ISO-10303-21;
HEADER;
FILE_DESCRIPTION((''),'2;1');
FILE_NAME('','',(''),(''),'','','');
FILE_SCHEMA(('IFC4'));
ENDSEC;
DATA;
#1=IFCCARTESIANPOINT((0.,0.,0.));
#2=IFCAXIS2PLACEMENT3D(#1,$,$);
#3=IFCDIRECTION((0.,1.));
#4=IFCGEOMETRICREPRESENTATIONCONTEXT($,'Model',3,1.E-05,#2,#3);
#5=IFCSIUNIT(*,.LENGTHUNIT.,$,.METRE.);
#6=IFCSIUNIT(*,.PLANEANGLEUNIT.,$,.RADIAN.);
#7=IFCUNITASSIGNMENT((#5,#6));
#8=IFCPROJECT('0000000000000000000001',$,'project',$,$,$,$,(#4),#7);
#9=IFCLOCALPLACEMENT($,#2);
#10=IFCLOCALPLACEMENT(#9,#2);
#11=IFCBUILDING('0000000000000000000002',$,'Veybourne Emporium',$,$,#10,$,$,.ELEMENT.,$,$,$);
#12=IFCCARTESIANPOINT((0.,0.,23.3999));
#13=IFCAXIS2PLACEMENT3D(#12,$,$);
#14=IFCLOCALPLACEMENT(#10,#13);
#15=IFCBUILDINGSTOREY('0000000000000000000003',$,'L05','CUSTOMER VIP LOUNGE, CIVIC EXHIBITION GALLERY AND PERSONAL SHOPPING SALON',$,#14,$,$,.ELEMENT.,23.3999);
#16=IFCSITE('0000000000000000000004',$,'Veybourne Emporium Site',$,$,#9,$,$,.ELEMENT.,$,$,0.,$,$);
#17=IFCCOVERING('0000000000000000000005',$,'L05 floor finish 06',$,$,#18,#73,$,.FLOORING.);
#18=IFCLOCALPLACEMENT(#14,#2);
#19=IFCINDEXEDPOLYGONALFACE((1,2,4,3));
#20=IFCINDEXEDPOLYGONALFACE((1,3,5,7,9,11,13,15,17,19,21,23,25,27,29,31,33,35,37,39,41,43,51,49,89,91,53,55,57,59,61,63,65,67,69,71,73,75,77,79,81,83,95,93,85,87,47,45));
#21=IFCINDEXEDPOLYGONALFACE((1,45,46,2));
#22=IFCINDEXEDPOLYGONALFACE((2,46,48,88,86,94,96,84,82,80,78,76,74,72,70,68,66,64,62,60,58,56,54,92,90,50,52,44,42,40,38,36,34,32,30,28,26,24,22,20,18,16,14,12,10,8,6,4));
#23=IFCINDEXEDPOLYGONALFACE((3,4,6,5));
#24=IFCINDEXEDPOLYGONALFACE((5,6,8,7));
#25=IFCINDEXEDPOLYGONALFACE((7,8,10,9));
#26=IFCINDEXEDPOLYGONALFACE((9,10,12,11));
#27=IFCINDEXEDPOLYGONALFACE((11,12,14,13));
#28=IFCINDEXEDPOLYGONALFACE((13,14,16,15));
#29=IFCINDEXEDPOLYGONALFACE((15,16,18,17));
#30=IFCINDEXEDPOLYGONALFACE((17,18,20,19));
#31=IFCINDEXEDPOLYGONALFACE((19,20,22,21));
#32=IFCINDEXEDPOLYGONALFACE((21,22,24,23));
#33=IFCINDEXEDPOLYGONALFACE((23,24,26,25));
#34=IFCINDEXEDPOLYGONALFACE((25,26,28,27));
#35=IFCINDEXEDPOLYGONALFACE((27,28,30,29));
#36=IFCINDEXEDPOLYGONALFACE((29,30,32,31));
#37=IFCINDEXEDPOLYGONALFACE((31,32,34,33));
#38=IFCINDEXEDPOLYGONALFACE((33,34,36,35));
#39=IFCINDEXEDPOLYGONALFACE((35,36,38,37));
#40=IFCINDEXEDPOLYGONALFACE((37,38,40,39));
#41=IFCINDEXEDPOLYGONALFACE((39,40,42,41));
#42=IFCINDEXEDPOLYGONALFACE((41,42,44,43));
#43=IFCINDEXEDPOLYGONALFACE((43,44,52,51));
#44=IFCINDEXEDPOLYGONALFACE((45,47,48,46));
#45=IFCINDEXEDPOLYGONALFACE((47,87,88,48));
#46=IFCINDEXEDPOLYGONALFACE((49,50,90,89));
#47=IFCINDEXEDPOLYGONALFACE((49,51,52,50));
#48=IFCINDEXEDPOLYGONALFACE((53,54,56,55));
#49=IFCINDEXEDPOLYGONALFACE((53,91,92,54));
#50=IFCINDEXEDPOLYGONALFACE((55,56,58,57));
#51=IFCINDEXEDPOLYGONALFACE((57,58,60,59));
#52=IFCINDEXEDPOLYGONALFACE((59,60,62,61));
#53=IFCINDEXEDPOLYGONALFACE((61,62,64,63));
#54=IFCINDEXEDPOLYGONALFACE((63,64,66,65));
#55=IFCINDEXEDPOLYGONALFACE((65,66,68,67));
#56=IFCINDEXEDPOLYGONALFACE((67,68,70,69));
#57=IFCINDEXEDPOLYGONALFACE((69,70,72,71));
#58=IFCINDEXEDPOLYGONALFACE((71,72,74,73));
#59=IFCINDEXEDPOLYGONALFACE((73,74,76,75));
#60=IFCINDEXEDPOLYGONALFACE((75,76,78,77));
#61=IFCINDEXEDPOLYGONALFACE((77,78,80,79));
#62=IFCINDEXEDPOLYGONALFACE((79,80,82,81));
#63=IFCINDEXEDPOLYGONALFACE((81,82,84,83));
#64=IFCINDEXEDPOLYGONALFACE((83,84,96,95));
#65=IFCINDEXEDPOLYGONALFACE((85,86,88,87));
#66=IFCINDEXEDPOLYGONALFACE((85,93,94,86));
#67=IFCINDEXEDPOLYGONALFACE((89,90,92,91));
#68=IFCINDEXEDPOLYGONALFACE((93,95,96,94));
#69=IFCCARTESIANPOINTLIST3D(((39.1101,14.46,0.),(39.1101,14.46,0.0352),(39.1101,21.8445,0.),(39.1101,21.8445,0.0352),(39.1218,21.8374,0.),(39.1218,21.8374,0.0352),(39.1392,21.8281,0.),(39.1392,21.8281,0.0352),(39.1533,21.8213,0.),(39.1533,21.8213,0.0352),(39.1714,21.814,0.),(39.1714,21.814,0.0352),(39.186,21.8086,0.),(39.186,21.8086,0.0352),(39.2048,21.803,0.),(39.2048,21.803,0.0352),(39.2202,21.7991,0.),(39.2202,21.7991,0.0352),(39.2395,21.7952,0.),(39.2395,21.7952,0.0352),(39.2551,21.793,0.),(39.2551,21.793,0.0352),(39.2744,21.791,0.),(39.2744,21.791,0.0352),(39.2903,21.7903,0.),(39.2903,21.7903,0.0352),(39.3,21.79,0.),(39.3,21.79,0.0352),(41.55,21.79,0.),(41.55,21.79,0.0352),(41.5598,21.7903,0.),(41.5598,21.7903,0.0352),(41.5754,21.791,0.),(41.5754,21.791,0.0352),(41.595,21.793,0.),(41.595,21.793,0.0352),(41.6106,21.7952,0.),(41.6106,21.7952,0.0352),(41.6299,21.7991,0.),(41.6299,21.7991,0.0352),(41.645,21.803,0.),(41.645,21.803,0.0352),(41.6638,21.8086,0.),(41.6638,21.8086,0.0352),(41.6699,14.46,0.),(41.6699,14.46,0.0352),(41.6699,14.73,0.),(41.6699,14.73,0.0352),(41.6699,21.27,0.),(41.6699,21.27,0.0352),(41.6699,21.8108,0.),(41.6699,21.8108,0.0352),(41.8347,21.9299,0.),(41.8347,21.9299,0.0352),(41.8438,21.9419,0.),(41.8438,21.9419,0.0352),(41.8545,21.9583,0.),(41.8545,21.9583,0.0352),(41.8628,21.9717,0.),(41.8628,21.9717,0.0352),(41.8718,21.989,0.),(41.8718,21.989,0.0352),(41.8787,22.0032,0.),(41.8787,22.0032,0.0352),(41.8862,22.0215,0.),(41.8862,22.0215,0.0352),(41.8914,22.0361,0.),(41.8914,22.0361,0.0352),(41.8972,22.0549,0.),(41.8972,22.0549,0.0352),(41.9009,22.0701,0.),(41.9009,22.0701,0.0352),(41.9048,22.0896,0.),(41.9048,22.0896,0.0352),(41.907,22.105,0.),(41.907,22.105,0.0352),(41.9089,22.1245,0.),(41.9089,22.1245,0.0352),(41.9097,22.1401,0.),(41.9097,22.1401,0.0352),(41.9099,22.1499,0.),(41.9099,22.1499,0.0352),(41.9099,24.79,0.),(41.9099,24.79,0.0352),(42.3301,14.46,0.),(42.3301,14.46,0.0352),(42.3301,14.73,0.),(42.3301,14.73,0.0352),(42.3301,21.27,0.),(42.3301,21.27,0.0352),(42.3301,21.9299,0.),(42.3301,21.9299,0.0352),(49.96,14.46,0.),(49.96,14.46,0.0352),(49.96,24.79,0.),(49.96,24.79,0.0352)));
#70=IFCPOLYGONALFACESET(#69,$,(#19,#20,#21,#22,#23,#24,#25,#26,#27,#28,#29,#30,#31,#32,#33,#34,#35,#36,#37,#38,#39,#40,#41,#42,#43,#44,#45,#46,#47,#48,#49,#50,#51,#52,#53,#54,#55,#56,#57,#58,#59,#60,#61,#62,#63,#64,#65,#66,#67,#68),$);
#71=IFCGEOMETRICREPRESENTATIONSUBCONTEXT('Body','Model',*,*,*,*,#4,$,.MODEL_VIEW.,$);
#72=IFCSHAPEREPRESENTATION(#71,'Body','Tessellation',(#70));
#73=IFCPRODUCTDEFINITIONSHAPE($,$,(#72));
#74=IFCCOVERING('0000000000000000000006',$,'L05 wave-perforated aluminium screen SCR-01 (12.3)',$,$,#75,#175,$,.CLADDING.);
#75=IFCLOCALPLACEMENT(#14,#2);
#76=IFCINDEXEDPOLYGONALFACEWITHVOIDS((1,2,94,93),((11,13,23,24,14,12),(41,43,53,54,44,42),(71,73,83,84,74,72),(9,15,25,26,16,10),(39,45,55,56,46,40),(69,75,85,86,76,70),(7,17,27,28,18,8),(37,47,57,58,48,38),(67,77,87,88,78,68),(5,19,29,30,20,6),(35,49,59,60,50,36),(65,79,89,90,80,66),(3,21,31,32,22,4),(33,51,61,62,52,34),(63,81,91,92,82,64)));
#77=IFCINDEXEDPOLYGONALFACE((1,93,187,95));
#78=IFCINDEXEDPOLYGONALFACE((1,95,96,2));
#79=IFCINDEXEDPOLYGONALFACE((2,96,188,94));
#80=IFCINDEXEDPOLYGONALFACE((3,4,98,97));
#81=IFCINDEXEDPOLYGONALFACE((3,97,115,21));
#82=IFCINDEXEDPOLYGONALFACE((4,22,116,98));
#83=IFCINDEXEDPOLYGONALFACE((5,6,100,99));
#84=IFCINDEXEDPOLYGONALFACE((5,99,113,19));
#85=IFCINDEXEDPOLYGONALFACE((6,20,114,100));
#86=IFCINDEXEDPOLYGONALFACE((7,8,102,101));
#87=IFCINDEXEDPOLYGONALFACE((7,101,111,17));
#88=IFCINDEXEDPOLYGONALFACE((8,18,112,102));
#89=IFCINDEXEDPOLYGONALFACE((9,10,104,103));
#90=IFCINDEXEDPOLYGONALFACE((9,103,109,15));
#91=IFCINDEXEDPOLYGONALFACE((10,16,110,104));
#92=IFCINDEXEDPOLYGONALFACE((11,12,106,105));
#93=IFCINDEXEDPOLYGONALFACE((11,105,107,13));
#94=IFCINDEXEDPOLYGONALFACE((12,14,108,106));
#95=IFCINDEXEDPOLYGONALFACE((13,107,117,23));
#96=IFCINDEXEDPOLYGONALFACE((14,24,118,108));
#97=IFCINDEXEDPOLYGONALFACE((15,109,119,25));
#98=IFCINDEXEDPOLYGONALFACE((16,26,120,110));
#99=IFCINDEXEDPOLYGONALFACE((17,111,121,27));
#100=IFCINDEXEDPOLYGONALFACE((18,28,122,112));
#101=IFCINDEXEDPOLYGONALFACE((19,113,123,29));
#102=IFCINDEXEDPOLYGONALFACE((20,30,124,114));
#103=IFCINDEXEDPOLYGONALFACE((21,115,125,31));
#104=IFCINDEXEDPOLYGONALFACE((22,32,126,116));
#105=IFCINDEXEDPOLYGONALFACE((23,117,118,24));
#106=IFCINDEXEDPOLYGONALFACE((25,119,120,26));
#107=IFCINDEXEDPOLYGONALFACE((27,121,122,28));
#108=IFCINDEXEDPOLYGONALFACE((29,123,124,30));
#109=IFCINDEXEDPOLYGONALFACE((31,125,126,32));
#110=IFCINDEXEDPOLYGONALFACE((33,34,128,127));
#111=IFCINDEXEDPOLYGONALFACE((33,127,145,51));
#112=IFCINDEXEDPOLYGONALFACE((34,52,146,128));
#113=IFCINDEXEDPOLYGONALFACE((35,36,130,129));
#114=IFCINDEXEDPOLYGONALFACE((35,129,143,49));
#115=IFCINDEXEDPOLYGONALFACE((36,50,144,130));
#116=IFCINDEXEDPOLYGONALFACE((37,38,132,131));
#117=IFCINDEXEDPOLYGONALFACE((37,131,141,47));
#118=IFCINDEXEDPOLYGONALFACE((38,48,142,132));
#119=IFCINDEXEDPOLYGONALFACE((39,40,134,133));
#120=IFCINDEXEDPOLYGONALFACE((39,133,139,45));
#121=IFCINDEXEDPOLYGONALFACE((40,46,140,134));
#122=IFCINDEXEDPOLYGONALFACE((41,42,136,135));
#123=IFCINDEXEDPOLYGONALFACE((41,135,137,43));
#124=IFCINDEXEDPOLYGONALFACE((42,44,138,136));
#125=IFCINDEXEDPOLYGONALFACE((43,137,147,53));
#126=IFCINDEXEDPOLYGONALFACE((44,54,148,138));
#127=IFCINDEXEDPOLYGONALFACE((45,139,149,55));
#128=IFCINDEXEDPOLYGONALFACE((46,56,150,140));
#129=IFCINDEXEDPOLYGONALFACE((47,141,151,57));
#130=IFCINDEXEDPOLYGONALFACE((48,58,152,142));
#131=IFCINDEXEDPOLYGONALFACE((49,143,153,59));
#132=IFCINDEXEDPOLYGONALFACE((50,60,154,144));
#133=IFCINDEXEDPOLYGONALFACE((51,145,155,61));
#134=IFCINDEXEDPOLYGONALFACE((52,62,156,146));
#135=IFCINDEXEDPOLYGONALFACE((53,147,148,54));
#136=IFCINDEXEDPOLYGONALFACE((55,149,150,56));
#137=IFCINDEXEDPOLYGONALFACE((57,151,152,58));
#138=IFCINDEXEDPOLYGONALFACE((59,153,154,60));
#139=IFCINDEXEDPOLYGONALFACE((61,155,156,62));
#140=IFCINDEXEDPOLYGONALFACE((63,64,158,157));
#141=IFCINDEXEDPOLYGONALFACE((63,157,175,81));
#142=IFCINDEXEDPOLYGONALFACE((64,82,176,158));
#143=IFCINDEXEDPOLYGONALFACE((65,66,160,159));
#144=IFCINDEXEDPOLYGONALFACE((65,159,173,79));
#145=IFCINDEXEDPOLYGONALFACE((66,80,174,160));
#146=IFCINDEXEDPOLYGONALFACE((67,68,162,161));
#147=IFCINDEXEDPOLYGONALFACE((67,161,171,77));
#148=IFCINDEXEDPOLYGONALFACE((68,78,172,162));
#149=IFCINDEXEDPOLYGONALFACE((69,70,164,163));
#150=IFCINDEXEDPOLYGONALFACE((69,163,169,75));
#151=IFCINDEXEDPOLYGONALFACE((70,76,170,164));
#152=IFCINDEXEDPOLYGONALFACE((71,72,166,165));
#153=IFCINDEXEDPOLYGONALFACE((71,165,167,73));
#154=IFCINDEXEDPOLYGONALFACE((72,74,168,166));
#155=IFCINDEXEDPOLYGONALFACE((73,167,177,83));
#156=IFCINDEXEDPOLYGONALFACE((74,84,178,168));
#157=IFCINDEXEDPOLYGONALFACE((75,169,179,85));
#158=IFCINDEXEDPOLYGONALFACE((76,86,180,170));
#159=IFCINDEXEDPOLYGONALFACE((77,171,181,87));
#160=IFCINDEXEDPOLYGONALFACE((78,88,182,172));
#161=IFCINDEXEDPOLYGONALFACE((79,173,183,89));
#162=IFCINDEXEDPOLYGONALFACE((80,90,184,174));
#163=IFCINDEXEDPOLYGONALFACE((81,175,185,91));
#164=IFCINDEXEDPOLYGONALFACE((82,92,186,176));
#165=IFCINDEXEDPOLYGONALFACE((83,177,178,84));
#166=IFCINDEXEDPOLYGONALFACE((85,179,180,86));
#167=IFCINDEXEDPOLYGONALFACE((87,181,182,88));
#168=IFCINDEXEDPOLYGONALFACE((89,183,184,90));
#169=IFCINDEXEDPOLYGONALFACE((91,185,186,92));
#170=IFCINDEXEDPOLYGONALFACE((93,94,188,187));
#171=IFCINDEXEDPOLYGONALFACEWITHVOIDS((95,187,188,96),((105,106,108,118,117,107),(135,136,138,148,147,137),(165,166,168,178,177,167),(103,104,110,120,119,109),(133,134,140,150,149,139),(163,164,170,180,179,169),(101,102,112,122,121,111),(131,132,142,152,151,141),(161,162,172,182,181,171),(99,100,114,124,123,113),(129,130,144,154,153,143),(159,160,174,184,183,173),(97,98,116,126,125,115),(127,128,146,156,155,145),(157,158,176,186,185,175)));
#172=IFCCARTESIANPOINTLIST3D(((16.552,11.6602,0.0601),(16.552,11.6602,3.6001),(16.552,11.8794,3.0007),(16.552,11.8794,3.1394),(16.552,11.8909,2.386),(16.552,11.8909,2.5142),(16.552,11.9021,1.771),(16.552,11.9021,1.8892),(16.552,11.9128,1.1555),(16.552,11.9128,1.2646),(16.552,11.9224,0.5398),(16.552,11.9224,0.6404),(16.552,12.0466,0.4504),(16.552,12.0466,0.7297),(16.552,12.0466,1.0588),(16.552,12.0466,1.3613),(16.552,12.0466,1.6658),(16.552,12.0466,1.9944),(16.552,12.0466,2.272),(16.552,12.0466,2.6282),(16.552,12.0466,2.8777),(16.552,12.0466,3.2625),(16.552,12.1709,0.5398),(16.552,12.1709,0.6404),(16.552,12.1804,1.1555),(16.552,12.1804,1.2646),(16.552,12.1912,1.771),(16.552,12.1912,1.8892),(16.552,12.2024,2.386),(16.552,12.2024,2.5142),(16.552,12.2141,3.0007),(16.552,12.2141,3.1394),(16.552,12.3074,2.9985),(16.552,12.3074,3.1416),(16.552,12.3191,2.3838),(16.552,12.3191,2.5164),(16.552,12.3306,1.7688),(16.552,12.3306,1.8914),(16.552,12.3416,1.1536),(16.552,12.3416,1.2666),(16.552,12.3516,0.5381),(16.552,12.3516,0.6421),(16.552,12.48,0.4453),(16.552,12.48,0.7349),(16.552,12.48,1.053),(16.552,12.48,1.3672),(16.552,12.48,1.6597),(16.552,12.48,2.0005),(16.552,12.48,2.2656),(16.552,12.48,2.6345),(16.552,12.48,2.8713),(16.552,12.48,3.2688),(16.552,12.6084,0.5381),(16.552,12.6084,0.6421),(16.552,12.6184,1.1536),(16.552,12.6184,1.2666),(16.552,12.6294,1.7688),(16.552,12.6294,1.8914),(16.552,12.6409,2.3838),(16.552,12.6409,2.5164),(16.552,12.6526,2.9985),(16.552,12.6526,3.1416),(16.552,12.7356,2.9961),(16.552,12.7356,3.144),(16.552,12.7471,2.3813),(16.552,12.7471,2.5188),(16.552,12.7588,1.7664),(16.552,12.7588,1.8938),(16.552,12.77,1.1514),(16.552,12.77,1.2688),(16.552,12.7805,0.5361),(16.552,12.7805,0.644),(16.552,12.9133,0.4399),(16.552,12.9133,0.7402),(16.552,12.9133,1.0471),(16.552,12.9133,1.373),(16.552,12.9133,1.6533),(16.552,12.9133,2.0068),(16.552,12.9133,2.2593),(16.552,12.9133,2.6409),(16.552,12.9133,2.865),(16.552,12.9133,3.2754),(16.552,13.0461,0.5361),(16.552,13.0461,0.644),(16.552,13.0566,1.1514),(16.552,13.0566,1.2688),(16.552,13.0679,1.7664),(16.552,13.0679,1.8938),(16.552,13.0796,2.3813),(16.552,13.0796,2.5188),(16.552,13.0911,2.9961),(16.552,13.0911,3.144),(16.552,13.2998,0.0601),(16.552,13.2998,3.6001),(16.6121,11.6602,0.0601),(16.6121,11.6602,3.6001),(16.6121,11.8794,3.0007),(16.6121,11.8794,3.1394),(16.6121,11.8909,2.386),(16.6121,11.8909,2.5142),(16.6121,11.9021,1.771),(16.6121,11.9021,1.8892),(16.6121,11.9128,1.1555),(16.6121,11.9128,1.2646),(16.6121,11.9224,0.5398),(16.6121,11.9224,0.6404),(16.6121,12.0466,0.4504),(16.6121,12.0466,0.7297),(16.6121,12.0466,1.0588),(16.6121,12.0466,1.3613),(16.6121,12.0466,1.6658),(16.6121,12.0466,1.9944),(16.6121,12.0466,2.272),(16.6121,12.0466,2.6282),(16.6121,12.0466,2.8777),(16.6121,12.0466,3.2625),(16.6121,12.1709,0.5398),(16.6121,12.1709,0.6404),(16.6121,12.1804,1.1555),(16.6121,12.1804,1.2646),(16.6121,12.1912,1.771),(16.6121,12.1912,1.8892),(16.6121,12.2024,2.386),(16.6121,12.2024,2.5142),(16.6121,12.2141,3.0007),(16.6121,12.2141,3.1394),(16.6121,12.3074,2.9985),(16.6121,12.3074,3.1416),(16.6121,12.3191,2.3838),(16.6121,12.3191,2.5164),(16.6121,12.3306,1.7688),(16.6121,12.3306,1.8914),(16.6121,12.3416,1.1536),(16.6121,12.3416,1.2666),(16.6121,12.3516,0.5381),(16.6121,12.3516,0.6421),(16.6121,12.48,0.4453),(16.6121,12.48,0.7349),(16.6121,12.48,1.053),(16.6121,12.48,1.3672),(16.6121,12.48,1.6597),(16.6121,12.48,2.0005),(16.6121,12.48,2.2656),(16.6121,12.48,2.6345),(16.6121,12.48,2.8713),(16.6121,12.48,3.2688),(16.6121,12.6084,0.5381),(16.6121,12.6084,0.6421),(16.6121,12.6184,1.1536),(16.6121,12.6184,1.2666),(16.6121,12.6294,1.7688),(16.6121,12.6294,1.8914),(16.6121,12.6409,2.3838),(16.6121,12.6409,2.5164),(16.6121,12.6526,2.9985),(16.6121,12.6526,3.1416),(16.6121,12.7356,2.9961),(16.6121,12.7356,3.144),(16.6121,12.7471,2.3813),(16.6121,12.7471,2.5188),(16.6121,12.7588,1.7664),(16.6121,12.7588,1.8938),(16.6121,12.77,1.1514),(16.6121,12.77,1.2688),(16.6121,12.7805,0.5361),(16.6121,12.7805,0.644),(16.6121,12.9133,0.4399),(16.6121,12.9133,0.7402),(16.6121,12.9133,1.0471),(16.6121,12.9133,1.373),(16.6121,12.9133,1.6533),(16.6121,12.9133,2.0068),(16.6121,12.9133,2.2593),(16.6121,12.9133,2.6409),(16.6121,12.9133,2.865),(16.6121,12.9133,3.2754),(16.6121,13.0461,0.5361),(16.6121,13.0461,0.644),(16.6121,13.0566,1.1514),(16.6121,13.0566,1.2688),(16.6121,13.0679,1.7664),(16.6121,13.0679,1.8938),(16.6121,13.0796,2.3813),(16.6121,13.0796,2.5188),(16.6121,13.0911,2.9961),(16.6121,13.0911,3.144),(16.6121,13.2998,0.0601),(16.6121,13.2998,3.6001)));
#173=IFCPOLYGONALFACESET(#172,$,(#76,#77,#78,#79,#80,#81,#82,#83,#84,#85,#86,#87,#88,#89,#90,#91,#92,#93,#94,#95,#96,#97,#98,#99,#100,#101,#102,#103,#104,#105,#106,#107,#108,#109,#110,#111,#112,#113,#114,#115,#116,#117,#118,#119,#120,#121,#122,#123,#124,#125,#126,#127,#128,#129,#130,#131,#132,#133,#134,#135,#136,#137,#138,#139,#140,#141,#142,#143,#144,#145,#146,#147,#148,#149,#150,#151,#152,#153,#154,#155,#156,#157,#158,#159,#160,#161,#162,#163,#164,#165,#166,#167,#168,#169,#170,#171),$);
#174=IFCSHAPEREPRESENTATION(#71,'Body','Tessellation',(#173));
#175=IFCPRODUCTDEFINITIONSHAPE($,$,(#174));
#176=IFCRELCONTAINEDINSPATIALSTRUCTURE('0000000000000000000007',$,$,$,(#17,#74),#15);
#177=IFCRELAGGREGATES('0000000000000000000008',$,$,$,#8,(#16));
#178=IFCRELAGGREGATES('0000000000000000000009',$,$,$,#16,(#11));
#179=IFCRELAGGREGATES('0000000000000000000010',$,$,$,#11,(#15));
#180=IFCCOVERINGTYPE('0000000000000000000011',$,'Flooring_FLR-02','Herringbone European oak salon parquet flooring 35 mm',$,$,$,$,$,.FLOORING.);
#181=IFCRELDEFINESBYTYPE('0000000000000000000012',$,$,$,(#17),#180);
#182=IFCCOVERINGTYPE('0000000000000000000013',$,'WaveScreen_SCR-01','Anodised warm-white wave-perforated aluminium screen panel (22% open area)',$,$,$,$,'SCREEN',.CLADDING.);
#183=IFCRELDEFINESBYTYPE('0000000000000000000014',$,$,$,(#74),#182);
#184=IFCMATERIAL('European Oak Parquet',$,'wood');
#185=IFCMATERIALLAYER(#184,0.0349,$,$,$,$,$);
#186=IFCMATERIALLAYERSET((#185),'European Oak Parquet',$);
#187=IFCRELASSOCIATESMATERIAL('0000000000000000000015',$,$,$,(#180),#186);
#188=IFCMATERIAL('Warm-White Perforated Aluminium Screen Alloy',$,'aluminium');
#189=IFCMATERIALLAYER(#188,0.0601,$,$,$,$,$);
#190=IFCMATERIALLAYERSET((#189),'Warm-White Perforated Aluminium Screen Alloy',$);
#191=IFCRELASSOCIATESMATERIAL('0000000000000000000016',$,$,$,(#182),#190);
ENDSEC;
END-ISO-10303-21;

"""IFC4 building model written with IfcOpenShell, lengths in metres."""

from ifc_helpers import new_model, si_unit, direction, frame, origin, place, context, subcontext, project, spatial, polyline, outline, extrude, material, layer, layer_set, type_object, element, save


model = new_model("IFC4")

# Units and contexts
model_context = context("Model", 3, precision=1e-05, world=origin(), true_north=direction((0.0, 1.0)))
body_context = subcontext(model_context, "Body", "Model", "MODEL_VIEW")
ifc_project = project(units=[si_unit("LENGTHUNIT", "METRE"), si_unit("PLANEANGLEUNIT", "RADIAN")], contexts=[model_context])

# Site, building, storey
site_placement = place(None, origin())
site = spatial("IfcSite", under=ifc_project, at=site_placement, Name="Veybourne Emporium Site", CompositionType="ELEMENT", RefElevation=0.0)
building_placement = place(site_placement, origin())
building = spatial("IfcBuilding", under=site, at=building_placement, Name="Veybourne Emporium", CompositionType="ELEMENT")
storey_placement = place(building_placement, frame((0.0, 0.0, 23.3999)))
storey = spatial("IfcBuildingStorey", under=building, at=storey_placement, Name="L05", Description="CUSTOMER VIP LOUNGE, CIVIC EXHIBITION GALLERY AND PERSONAL SHOPPING SALON", CompositionType="ELEMENT", Elevation=23.3999)

# Coverings
ifc_material_1 = material(Name="European Oak Parquet", Category="wood")
ifc_layer_1 = layer(ifc_material_1, 0.0349)
ifc_layer_set_1 = layer_set([ifc_layer_1], Name="European Oak Parquet")
covering_type_1 = type_object("IfcCoveringType", Name="Flooring_FLR-02", Description="Herringbone European oak salon parquet flooring 35 mm", PredefinedType="FLOORING", material=ifc_layer_set_1)
covering_1_placement = place(storey_placement, origin())
element("IfcCovering", 1, at=covering_1_placement, inside=storey, type_object=covering_type_1, Name="L05 floor finish 06", PredefinedType="FLOORING", context=body_context, shape_type="SweptSolid", body=[
    extrude(outline(polyline([(39.1218, 21.8374), (39.1392, 21.8281), (39.1533, 21.8213), (39.1714, 21.814), (39.186, 21.8086), (39.2048, 21.803), (39.2202, 21.7991), (39.2395, 21.7952), (39.2551, 21.793), (39.2744, 21.791), (39.2903, 21.7903), (39.3, 21.79), (41.55, 21.79), (41.5598, 21.7903), (41.5754, 21.791), (41.595, 21.793), (41.6106, 21.7952), (41.6299, 21.7991), (41.645, 21.803), (41.6638, 21.8086), (41.6699, 21.8108), (41.6699, 21.27), (42.3301, 21.27), (42.3301, 21.9299), (41.8347, 21.9299), (41.8438, 21.9419), (41.8545, 21.9583), (41.8628, 21.9717), (41.8718, 21.989), (41.8787, 22.0032), (41.8862, 22.0215), (41.8914, 22.0361), (41.8972, 22.0549), (41.9009, 22.0701), (41.9048, 22.0896), (41.907, 22.105), (41.9089, 22.1245), (41.9097, 22.1401), (41.9099, 22.1499), (41.9099, 24.79), (49.96, 24.79), (49.96, 14.46), (42.3301, 14.46), (42.3301, 14.73), (41.6699, 14.73), (41.6699, 14.46), (39.1101, 14.46), (39.1101, 21.8445), (39.1218, 21.8374)])), origin(), (0.0, 0.0, 1.0), 0.0352),
])
ifc_material_2 = material(Name="Warm-White Perforated Aluminium Screen Alloy", Category="aluminium")
ifc_layer_2 = layer(ifc_material_2, 0.0601)
ifc_layer_set_2 = layer_set([ifc_layer_2], Name="Warm-White Perforated Aluminium Screen Alloy")
covering_type_2 = type_object("IfcCoveringType", Name="WaveScreen_SCR-01", Description="Anodised warm-white wave-perforated aluminium screen panel (22% open area)", ElementType="SCREEN", PredefinedType="CLADDING", material=ifc_layer_set_2)
covering_2_placement = place(storey_placement, frame((16.552, 12.48, 1.8301), z_axis=(1.0, 0.0, 0.0), x_axis=(0.0, 1.0, 0.0)))
element("IfcCovering", 2, at=covering_2_placement, inside=storey, type_object=covering_type_2, Name="L05 wave-perforated aluminium screen SCR-01 (12.3)", PredefinedType="CLADDING", context=body_context, shape_type="SweptSolid", body=[
    extrude(outline(polyline([(-0.8198, -1.77), (0.8198, -1.77), (0.8198, 1.77), (-0.8198, 1.77), (-0.8198, -1.77)]), holes=[polyline([(-0.4333, -1.1003), (-0.3091, -1.1897), (-0.3091, -1.2903), (-0.4333, -1.3796), (-0.5576, -1.2903), (-0.5576, -1.1897), (-0.4333, -1.1003)]), polyline([(-0.4333, -0.4688), (-0.2996, -0.5654), (-0.2996, -0.6746), (-0.4333, -0.7712), (-0.5671, -0.6746), (-0.5671, -0.5654), (-0.4333, -0.4688)]), polyline([(-0.4333, 0.1643), (-0.2888, 0.0591), (-0.2888, -0.0591), (-0.4333, -0.1643), (-0.5779, -0.0591), (-0.5779, 0.0591), (-0.4333, 0.1643)]), polyline([(-0.4333, 0.7981), (-0.2776, 0.6841), (-0.2776, 0.5559), (-0.4333, 0.4419), (-0.5891, 0.5559), (-0.5891, 0.6841), (-0.4333, 0.7981)]), polyline([(-0.4333, 1.4324), (-0.2659, 1.3093), (-0.2659, 1.1707), (-0.4333, 1.0476), (-0.6006, 1.1707), (-0.6006, 1.3093), (-0.4333, 1.4324)]), polyline([(0.0, -1.0952), (0.1284, -1.188), (0.1284, -1.292), (0.0, -1.3848), (-0.1284, -1.292), (-0.1284, -1.188), (0.0, -1.0952)]), polyline([(0.0, -0.4629), (0.1384, -0.5635), (0.1384, -0.6765), (0.0, -0.7771), (-0.1384, -0.6765), (-0.1384, -0.5635), (0.0, -0.4629)]), polyline([(0.0, 0.1704), (0.1494, 0.0613), (0.1494, -0.0613), (0.0, -0.1704), (-0.1494, -0.0613), (-0.1494, 0.0613), (0.0, 0.1704)]), polyline([(0.0, 0.8044), (0.1609, 0.6863), (0.1609, 0.5537), (0.0, 0.4355), (-0.1609, 0.5537), (-0.1609, 0.6863), (0.0, 0.8044)]), polyline([(0.0, 1.4387), (0.1726, 1.3115), (0.1726, 1.1685), (0.0, 1.0413), (-0.1726, 1.1685), (-0.1726, 1.3115), (0.0, 1.4387)]), polyline([(0.4333, -1.0898), (0.5662, -1.186), (0.5662, -1.2939), (0.4333, -1.3901), (0.3005, -1.2939), (0.3005, -1.186), (0.4333, -1.0898)]), polyline([(0.4333, -0.457), (0.5767, -0.5613), (0.5767, -0.6787), (0.4333, -0.783), (0.29, -0.6787), (0.29, -0.5613), (0.4333, -0.457)]), polyline([(0.4333, 0.1768), (0.5879, 0.0637), (0.5879, -0.0637), (0.4333, -0.1768), (0.2788, -0.0637), (0.2788, 0.0637), (0.4333, 0.1768)]), polyline([(0.4333, 0.8108), (0.5996, 0.6887), (0.5996, 0.5513), (0.4333, 0.4292), (0.2671, 0.5513), (0.2671, 0.6887), (0.4333, 0.8108)]), polyline([(0.4333, 1.4453), (0.6111, 1.314), (0.6111, 1.166), (0.4333, 1.0349), (0.2556, 1.166), (0.2556, 1.314), (0.4333, 1.4453)])]), origin(), (0.0, 0.0, 1.0), 0.0601),
])

save(model, "model.ifc")
